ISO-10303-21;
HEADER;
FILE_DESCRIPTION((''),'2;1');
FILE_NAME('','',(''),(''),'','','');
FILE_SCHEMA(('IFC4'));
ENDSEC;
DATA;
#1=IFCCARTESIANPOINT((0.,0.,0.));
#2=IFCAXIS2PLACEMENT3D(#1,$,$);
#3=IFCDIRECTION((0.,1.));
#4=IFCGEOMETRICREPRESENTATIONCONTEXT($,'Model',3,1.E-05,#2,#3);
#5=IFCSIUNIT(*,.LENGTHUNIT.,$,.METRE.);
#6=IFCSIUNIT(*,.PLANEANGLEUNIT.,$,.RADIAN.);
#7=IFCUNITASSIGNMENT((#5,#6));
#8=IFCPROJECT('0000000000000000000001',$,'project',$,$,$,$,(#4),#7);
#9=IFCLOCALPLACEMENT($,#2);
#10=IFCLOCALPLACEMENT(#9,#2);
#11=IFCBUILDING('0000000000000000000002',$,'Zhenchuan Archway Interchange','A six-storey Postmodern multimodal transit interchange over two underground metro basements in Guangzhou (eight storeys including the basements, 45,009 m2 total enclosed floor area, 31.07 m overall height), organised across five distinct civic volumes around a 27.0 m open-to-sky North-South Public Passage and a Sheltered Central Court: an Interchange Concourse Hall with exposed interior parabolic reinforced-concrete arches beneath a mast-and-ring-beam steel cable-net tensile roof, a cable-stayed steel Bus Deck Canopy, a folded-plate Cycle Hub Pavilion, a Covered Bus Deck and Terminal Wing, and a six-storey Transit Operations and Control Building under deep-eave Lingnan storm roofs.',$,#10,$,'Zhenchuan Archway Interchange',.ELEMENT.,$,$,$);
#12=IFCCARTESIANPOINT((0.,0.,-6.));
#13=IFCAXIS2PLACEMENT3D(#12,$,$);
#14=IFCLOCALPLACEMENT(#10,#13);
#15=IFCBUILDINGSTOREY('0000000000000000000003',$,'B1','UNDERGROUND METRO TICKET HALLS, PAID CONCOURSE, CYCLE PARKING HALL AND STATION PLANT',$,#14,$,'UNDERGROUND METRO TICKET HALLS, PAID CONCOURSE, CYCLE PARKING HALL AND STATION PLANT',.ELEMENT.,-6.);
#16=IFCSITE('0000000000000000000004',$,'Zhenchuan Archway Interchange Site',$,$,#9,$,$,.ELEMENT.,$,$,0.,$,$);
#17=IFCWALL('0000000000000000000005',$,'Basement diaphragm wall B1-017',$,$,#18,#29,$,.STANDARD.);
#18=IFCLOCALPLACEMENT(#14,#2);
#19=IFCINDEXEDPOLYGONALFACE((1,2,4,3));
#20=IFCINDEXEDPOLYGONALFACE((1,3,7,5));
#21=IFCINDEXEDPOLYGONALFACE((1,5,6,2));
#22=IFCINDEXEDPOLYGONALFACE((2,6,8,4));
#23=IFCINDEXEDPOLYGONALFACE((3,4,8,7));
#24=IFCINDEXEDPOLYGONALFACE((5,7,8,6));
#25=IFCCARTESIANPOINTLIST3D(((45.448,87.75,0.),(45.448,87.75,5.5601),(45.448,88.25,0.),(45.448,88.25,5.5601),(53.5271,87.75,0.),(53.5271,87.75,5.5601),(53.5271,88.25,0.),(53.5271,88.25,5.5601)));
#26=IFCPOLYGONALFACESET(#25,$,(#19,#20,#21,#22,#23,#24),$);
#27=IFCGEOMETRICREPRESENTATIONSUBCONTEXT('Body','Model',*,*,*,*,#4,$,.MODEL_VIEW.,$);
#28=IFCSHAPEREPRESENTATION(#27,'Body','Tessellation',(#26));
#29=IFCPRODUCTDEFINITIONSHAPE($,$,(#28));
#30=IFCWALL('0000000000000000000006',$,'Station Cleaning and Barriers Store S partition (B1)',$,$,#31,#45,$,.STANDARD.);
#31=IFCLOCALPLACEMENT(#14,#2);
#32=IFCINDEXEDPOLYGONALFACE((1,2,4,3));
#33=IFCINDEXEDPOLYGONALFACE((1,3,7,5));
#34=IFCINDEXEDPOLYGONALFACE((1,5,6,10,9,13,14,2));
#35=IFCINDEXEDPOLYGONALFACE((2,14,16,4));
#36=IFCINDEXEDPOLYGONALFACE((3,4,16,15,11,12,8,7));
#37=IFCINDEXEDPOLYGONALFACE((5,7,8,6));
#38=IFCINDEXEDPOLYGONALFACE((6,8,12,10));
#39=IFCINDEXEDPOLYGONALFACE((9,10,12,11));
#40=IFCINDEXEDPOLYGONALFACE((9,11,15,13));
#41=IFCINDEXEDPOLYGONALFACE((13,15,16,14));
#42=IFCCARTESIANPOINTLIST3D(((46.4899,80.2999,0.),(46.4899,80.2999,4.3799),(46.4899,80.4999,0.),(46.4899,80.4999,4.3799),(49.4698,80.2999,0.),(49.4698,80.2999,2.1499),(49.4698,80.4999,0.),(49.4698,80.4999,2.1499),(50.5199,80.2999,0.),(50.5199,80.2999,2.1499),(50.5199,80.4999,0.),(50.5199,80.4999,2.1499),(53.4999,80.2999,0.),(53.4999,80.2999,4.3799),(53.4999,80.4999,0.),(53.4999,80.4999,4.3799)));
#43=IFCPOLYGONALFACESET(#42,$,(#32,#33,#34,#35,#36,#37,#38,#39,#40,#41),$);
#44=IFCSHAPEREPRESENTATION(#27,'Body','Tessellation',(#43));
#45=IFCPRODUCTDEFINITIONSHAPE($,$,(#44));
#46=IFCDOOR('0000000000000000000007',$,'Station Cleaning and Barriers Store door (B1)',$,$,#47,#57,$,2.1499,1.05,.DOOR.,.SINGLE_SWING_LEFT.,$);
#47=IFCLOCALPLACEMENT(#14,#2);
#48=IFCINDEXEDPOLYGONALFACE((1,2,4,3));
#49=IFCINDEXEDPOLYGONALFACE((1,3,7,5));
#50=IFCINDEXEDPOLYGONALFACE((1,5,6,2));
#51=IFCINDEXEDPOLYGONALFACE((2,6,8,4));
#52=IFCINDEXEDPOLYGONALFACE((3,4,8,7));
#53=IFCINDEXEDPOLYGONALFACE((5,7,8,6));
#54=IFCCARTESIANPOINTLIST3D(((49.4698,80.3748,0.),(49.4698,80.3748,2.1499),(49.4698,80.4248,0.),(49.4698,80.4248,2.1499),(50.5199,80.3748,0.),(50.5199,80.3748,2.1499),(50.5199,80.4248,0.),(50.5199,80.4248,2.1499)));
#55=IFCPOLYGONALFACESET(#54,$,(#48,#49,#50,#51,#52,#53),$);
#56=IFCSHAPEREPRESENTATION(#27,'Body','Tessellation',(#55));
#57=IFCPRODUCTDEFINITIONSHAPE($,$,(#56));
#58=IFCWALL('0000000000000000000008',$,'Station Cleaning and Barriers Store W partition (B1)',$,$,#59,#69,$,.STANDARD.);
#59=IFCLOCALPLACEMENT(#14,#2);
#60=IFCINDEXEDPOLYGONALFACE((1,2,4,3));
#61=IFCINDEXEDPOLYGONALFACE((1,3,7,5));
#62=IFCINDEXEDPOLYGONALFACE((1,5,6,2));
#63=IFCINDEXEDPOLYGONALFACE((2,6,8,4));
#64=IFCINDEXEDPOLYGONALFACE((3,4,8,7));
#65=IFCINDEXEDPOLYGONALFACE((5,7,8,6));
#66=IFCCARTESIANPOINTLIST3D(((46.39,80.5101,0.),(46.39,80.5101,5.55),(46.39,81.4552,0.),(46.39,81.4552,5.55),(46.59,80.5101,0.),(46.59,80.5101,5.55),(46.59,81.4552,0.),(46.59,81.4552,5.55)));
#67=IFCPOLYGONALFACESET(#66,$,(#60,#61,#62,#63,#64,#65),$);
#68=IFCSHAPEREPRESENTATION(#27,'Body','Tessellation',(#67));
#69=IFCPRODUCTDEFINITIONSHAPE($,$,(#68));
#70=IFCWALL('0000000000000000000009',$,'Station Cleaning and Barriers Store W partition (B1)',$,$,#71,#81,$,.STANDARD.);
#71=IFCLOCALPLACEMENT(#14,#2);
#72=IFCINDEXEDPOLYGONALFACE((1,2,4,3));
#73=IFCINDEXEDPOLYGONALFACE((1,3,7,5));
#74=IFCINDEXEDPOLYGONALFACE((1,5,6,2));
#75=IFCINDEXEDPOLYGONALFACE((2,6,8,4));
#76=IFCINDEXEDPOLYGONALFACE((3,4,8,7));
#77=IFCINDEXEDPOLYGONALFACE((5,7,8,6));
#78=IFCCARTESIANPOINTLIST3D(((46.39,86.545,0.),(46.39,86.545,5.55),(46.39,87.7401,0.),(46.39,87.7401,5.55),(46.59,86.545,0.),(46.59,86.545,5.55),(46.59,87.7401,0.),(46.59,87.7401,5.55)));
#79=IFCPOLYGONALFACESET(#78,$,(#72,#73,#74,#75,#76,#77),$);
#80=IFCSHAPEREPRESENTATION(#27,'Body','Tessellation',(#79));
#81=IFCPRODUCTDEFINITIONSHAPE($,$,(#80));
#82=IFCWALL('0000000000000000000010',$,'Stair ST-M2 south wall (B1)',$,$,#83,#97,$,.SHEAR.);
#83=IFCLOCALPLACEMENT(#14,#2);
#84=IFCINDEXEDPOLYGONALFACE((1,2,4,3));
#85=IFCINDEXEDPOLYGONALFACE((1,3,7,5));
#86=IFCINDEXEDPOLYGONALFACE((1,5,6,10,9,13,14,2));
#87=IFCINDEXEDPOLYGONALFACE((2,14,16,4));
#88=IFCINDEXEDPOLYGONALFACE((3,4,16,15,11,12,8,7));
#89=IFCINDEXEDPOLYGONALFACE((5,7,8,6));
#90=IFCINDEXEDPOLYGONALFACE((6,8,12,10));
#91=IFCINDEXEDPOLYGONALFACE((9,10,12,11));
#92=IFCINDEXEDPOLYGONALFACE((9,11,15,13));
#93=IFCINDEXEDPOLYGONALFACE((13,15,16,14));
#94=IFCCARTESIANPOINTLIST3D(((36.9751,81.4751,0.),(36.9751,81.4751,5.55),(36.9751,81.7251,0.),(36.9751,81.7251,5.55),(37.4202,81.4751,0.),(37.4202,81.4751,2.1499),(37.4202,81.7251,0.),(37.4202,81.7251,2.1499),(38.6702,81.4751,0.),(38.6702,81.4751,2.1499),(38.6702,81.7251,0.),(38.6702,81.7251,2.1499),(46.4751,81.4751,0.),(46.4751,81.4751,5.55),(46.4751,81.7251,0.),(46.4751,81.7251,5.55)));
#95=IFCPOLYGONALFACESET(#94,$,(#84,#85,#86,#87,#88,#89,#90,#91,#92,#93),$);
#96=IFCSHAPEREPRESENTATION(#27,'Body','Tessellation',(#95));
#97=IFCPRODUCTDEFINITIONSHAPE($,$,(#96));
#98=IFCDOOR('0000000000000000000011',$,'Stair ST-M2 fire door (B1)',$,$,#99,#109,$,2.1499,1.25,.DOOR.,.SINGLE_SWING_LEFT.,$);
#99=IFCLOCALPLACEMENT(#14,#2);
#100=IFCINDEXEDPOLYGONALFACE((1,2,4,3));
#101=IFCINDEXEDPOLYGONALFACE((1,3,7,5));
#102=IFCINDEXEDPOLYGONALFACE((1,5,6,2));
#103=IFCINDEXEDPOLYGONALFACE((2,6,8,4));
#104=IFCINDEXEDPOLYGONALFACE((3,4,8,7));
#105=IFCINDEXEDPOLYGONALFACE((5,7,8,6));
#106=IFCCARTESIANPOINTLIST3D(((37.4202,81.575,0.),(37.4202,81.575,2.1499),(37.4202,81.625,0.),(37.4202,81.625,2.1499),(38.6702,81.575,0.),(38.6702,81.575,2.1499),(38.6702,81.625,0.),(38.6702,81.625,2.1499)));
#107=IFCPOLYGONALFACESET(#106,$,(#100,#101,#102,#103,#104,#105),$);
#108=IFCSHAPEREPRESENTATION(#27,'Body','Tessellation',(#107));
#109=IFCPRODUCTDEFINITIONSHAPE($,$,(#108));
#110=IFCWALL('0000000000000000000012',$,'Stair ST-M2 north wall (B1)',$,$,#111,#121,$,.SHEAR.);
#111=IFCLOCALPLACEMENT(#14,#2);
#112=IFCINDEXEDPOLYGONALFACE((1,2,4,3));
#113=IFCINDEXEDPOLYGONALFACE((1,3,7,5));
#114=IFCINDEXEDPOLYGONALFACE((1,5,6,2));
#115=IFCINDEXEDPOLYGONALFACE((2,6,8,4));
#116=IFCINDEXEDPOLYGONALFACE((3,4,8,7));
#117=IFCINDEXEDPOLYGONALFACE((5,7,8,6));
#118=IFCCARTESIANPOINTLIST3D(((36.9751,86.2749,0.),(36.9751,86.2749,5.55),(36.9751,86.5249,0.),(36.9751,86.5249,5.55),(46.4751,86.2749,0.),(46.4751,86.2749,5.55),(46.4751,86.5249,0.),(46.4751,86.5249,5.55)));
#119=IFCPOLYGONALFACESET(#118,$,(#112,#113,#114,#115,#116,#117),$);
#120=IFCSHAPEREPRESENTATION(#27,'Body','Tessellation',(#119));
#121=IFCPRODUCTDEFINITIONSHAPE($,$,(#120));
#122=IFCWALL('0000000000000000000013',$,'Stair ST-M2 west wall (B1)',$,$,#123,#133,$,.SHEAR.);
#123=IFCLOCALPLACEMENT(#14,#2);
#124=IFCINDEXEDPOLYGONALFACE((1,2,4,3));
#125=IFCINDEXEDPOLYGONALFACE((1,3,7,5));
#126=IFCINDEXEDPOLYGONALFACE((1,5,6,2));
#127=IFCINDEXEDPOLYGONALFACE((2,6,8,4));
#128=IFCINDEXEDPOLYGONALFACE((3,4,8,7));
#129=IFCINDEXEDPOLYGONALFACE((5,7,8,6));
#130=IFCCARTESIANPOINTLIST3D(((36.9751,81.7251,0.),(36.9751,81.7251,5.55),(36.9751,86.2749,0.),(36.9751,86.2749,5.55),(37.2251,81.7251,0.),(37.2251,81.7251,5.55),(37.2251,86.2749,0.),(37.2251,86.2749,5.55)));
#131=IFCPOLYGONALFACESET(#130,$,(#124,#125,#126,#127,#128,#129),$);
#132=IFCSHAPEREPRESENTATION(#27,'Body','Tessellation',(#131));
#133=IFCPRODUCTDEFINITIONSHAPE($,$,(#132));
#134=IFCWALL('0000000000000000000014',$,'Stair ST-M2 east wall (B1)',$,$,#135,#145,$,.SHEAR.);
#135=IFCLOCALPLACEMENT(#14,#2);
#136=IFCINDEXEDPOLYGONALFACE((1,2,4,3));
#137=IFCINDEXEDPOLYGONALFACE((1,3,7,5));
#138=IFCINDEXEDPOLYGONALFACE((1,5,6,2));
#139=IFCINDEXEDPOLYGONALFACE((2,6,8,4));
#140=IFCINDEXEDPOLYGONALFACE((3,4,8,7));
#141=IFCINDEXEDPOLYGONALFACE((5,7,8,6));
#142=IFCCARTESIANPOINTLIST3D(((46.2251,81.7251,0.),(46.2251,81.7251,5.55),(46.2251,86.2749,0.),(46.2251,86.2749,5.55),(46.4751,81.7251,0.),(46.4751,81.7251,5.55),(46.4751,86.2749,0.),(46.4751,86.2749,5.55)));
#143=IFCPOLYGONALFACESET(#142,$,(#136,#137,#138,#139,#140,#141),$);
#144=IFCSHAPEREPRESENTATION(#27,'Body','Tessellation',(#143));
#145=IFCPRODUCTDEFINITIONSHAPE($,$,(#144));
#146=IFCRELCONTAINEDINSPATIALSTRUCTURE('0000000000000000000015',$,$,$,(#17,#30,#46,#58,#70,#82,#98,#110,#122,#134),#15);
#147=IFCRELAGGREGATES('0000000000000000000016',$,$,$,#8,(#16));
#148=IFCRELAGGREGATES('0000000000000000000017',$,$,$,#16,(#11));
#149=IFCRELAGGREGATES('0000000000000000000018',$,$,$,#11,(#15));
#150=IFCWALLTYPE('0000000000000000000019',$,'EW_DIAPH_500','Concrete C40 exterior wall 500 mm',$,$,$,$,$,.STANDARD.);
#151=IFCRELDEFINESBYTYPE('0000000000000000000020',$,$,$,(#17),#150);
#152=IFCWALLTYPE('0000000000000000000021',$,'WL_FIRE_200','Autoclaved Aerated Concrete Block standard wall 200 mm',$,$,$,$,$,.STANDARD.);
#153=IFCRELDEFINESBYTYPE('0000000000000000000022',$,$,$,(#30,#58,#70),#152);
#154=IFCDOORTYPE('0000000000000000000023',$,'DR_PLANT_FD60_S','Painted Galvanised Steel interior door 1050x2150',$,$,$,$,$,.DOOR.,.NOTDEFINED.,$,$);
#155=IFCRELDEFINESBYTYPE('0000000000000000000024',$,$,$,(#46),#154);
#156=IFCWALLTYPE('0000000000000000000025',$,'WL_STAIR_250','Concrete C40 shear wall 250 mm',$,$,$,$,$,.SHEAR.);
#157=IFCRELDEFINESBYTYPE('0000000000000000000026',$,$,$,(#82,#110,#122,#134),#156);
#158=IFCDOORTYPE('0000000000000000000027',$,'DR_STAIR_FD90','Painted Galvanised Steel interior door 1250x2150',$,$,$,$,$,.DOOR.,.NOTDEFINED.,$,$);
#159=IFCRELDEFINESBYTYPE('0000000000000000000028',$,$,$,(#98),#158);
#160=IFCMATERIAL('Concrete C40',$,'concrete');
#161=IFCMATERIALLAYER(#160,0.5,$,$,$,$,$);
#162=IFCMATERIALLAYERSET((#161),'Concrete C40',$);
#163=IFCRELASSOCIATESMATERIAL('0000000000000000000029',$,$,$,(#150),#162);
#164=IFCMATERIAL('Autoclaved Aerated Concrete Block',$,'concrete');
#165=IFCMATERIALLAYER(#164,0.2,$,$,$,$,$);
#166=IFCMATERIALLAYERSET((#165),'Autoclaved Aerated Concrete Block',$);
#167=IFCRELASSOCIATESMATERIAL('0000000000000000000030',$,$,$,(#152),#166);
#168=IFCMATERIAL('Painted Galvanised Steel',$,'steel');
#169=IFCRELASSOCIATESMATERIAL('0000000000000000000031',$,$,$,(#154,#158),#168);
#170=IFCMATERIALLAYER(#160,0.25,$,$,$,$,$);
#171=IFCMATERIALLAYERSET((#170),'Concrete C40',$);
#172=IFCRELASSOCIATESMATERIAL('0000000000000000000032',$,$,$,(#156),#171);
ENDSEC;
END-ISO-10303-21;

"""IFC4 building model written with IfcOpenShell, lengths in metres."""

from ifc_helpers import new_model, si_unit, direction, frame, frame_2d, origin, place, context, subcontext, project, spatial, rectangle, extrude, material, layer, layer_set, type_object, element, fill, save


model = new_model("IFC4")

# Units and contexts
model_context = context("Model", 3, precision=1e-05, world=origin(), true_north=direction((0.0, 1.0)))
body_context = subcontext(model_context, "Body", "Model", "MODEL_VIEW")
ifc_project = project(units=[si_unit("LENGTHUNIT", "METRE"), si_unit("PLANEANGLEUNIT", "RADIAN")], contexts=[model_context])

# Site, building, storey
site_placement = place(None, origin())
site = spatial("IfcSite", under=ifc_project, at=site_placement, Name="Zhenchuan Archway Interchange Site", CompositionType="ELEMENT", RefElevation=0.0)
building_placement = place(site_placement, origin())
building = spatial("IfcBuilding", under=site, at=building_placement, Name="Zhenchuan Archway Interchange", Description="A six-storey Postmodern multimodal transit interchange over two underground metro basements in Guangzhou (eight storeys including the basements, 45,009 m2 total enclosed floor area, 31.07 m overall height), organised across five distinct civic volumes around a 27.0 m open-to-sky North-South Public Passage and a Sheltered Central Court: an Interchange Concourse Hall with exposed interior parabolic reinforced-concrete arches beneath a mast-and-ring-beam steel cable-net tensile roof, a cable-stayed steel Bus Deck Canopy, a folded-plate Cycle Hub Pavilion, a Covered Bus Deck and Terminal Wing, and a six-storey Transit Operations and Control Building under deep-eave Lingnan storm roofs.", LongName="Zhenchuan Archway Interchange", CompositionType="ELEMENT")
storey_placement = place(building_placement, frame((0.0, 0.0, -6.0)))
storey = spatial("IfcBuildingStorey", under=building, at=storey_placement, Name="B1", Description="UNDERGROUND METRO TICKET HALLS, PAID CONCOURSE, CYCLE PARKING HALL AND STATION PLANT", LongName="UNDERGROUND METRO TICKET HALLS, PAID CONCOURSE, CYCLE PARKING HALL AND STATION PLANT", CompositionType="ELEMENT", Elevation=-6.0)

# Shared definitions
ifc_material_1 = material(Name="Concrete C40", Category="concrete")

# Wall
ifc_layer_1 = layer(ifc_material_1, 0.5)
ifc_layer_set_1 = layer_set([ifc_layer_1], Name="Concrete C40")
wall_type_1 = type_object("IfcWallType", Name="EW_DIAPH_500", Description="Concrete C40 exterior wall 500 mm", PredefinedType="STANDARD", material=ifc_layer_set_1)
wall_1_placement = place(storey_placement, frame((45.448, 88.0, 0.0), z_axis=(0.0, 0.0, 1.0), x_axis=(1.0, 0.0, 0.0)))
element("IfcWall", 1, at=wall_1_placement, inside=storey, type_object=wall_type_1, Name="Basement diaphragm wall B1-017", PredefinedType="STANDARD", context=body_context, shape_type="SweptSolid", body=[
    extrude(rectangle(XDim=8.0791, YDim=0.5, at=frame_2d((4.0396, 0.0))), origin(), (0.0, 0.0, 1.0), 5.5601),
])

# Wall, opening, door
ifc_material_2 = material(Name="Autoclaved Aerated Concrete Block", Category="concrete")
ifc_layer_2 = layer(ifc_material_2, 0.2)
ifc_layer_set_2 = layer_set([ifc_layer_2], Name="Autoclaved Aerated Concrete Block")
wall_type_2 = type_object("IfcWallType", Name="WL_FIRE_200", Description="Autoclaved Aerated Concrete Block standard wall 200 mm", PredefinedType="STANDARD", material=ifc_layer_set_2)
wall_2_placement = place(storey_placement, frame((46.49, 80.3999, 0.0), z_axis=(0.0, 0.0, 1.0), x_axis=(1.0, 0.0, 0.0)))
wall_2 = element("IfcWall", 2, at=wall_2_placement, inside=storey, type_object=wall_type_2, Name="Station Cleaning and Barriers Store S partition (B1)", PredefinedType="STANDARD", context=body_context, shape_type="SweptSolid", body=[
    extrude(rectangle(XDim=7.01, YDim=0.2, at=frame_2d((3.5049, 0.0))), origin(), (0.0, 0.0, 1.0), 4.3799),
])
opening_1_placement = place(wall_2_placement, frame((2.98, 0.0, 0.0)))
opening_1 = element("IfcOpeningElement", 3, at=opening_1_placement, cuts=wall_2, PredefinedType="OPENING", context=body_context, shape_type="SweptSolid", body=[
    extrude(rectangle(XDim=1.05, YDim=2.1499, at=frame_2d((0.5249, 1.075))), frame((0.0, 0.1118, 0.0), z_axis=(0.0, -1.0, 0.0), x_axis=(1.0, 0.0, 0.0)), (0.0, 0.0, 1.0), 0.2239),
])
ifc_material_3 = material(Name="Painted Galvanised Steel", Category="steel")
door_type_1 = type_object("IfcDoorType", Name="DR_PLANT_FD60_S", Description="Painted Galvanised Steel interior door 1050x2150", OperationType="NOTDEFINED", PredefinedType="DOOR", material=ifc_material_3)
door_1_placement = place(opening_1_placement, origin())
door_1 = element("IfcDoor", 4, at=door_1_placement, inside=storey, type_object=door_type_1, Name="Station Cleaning and Barriers Store door (B1)", OperationType="SINGLE_SWING_LEFT", OverallHeight=2.1499, OverallWidth=1.05, PredefinedType="DOOR", context=body_context, shape_type="SweptSolid", body=[
    extrude(rectangle(XDim=1.05, YDim=2.1499, at=frame_2d((0.5249, 1.075))), frame((0.0, 0.0249, 0.0), z_axis=(0.0, -1.0, 0.0), x_axis=(1.0, 0.0, 0.0)), (0.0, 0.0, 1.0), 0.05),
])
fill(opening_1, door_1)

# Walls
wall_3_placement = place(storey_placement, frame((46.49, 80.51, 0.0), z_axis=(0.0, 0.0, 1.0), x_axis=(0.0, 1.0, 0.0)))
element("IfcWall", 5, at=wall_3_placement, inside=storey, type_object=wall_type_2, Name="Station Cleaning and Barriers Store W partition (B1)", PredefinedType="STANDARD", context=body_context, shape_type="SweptSolid", body=[
    extrude(rectangle(XDim=0.9451, YDim=0.2, at=frame_2d((0.4727, 0.0))), origin(), (0.0, 0.0, 1.0), 5.55),
])
wall_4_placement = place(storey_placement, frame((46.49, 86.5449, 0.0), z_axis=(0.0, 0.0, 1.0), x_axis=(0.0, 1.0, 0.0)))
element("IfcWall", 6, at=wall_4_placement, inside=storey, type_object=wall_type_2, Name="Station Cleaning and Barriers Store W partition (B1)", PredefinedType="STANDARD", context=body_context, shape_type="SweptSolid", body=[
    extrude(rectangle(XDim=1.1951, YDim=0.2, at=frame_2d((0.5977, 0.0))), origin(), (0.0, 0.0, 1.0), 5.55),
])

# Wall, opening, door
ifc_layer_3 = layer(ifc_material_1, 0.25)
ifc_layer_set_3 = layer_set([ifc_layer_3], Name="Concrete C40")
wall_type_3 = type_object("IfcWallType", Name="WL_STAIR_250", Description="Concrete C40 shear wall 250 mm", PredefinedType="SHEAR", material=ifc_layer_set_3)
wall_5_placement = place(storey_placement, frame((36.9751, 81.6001, 0.0), z_axis=(0.0, 0.0, 1.0), x_axis=(1.0, 0.0, 0.0)))
wall_5 = element("IfcWall", 7, at=wall_5_placement, inside=storey, type_object=wall_type_3, Name="Stair ST-M2 south wall (B1)", PredefinedType="SHEAR", context=body_context, shape_type="SweptSolid", body=[
    extrude(rectangle(XDim=9.5, YDim=0.25, at=frame_2d((4.75, 0.0))), origin(), (0.0, 0.0, 1.0), 5.55),
])
opening_2_placement = place(wall_5_placement, frame((0.4451, 0.0, 0.0)))
opening_2 = element("IfcOpeningElement", 8, at=opening_2_placement, cuts=wall_5, PredefinedType="OPENING", context=body_context, shape_type="SweptSolid", body=[
    extrude(rectangle(XDim=1.25, YDim=2.1499, at=frame_2d((0.625, 1.075))), frame((0.0, 0.137, 0.0), z_axis=(0.0, -1.0, 0.0), x_axis=(1.0, 0.0, 0.0)), (0.0, 0.0, 1.0), 0.2739),
])
door_type_2 = type_object("IfcDoorType", Name="DR_STAIR_FD90", Description="Painted Galvanised Steel interior door 1250x2150", OperationType="NOTDEFINED", PredefinedType="DOOR", material=ifc_material_3)
door_2_placement = place(opening_2_placement, origin())
door_2 = element("IfcDoor", 9, at=door_2_placement, inside=storey, type_object=door_type_2, Name="Stair ST-M2 fire door (B1)", OperationType="SINGLE_SWING_LEFT", OverallHeight=2.1499, OverallWidth=1.25, PredefinedType="DOOR", context=body_context, shape_type="SweptSolid", body=[
    extrude(rectangle(XDim=1.25, YDim=2.1499, at=frame_2d((0.625, 1.075))), frame((0.0, 0.0249, 0.0), z_axis=(0.0, -1.0, 0.0), x_axis=(1.0, 0.0, 0.0)), (0.0, 0.0, 1.0), 0.05),
])
fill(opening_2, door_2)

# Walls
wall_6_placement = place(storey_placement, frame((46.4751, 86.3999, 0.0), z_axis=(0.0, 0.0, 1.0), x_axis=(-1.0, 0.0, 0.0)))
element("IfcWall", 10, at=wall_6_placement, inside=storey, type_object=wall_type_3, Name="Stair ST-M2 north wall (B1)", PredefinedType="SHEAR", context=body_context, shape_type="SweptSolid", body=[
    extrude(rectangle(XDim=9.5, YDim=0.25, at=frame_2d((4.75, 0.0))), origin(), (0.0, 0.0, 1.0), 5.55),
])
for number, where, z_axis, x_axis, name in (
    (11, (37.1001, 86.2749, 0.0), (0.0, 0.0, 1.0), (0.0, -1.0, 0.0), "Stair ST-M2 west wall (B1)"),
    (12, (46.3501, 81.7251, 0.0), (0.0, 0.0, 1.0), (0.0, 1.0, 0.0), "Stair ST-M2 east wall (B1)"),
):
    element("IfcWall", number, at=place(storey_placement, frame(where, z_axis=z_axis, x_axis=x_axis)), inside=storey, type_object=wall_type_3, Name=name, PredefinedType="SHEAR", context=body_context, shape_type="SweptSolid", body=[
        extrude(rectangle(XDim=4.5498, YDim=0.25, at=frame_2d((2.2749, 0.0))), origin(), (0.0, 0.0, 1.0), 5.55),
    ])

save(model, "model.ifc")
